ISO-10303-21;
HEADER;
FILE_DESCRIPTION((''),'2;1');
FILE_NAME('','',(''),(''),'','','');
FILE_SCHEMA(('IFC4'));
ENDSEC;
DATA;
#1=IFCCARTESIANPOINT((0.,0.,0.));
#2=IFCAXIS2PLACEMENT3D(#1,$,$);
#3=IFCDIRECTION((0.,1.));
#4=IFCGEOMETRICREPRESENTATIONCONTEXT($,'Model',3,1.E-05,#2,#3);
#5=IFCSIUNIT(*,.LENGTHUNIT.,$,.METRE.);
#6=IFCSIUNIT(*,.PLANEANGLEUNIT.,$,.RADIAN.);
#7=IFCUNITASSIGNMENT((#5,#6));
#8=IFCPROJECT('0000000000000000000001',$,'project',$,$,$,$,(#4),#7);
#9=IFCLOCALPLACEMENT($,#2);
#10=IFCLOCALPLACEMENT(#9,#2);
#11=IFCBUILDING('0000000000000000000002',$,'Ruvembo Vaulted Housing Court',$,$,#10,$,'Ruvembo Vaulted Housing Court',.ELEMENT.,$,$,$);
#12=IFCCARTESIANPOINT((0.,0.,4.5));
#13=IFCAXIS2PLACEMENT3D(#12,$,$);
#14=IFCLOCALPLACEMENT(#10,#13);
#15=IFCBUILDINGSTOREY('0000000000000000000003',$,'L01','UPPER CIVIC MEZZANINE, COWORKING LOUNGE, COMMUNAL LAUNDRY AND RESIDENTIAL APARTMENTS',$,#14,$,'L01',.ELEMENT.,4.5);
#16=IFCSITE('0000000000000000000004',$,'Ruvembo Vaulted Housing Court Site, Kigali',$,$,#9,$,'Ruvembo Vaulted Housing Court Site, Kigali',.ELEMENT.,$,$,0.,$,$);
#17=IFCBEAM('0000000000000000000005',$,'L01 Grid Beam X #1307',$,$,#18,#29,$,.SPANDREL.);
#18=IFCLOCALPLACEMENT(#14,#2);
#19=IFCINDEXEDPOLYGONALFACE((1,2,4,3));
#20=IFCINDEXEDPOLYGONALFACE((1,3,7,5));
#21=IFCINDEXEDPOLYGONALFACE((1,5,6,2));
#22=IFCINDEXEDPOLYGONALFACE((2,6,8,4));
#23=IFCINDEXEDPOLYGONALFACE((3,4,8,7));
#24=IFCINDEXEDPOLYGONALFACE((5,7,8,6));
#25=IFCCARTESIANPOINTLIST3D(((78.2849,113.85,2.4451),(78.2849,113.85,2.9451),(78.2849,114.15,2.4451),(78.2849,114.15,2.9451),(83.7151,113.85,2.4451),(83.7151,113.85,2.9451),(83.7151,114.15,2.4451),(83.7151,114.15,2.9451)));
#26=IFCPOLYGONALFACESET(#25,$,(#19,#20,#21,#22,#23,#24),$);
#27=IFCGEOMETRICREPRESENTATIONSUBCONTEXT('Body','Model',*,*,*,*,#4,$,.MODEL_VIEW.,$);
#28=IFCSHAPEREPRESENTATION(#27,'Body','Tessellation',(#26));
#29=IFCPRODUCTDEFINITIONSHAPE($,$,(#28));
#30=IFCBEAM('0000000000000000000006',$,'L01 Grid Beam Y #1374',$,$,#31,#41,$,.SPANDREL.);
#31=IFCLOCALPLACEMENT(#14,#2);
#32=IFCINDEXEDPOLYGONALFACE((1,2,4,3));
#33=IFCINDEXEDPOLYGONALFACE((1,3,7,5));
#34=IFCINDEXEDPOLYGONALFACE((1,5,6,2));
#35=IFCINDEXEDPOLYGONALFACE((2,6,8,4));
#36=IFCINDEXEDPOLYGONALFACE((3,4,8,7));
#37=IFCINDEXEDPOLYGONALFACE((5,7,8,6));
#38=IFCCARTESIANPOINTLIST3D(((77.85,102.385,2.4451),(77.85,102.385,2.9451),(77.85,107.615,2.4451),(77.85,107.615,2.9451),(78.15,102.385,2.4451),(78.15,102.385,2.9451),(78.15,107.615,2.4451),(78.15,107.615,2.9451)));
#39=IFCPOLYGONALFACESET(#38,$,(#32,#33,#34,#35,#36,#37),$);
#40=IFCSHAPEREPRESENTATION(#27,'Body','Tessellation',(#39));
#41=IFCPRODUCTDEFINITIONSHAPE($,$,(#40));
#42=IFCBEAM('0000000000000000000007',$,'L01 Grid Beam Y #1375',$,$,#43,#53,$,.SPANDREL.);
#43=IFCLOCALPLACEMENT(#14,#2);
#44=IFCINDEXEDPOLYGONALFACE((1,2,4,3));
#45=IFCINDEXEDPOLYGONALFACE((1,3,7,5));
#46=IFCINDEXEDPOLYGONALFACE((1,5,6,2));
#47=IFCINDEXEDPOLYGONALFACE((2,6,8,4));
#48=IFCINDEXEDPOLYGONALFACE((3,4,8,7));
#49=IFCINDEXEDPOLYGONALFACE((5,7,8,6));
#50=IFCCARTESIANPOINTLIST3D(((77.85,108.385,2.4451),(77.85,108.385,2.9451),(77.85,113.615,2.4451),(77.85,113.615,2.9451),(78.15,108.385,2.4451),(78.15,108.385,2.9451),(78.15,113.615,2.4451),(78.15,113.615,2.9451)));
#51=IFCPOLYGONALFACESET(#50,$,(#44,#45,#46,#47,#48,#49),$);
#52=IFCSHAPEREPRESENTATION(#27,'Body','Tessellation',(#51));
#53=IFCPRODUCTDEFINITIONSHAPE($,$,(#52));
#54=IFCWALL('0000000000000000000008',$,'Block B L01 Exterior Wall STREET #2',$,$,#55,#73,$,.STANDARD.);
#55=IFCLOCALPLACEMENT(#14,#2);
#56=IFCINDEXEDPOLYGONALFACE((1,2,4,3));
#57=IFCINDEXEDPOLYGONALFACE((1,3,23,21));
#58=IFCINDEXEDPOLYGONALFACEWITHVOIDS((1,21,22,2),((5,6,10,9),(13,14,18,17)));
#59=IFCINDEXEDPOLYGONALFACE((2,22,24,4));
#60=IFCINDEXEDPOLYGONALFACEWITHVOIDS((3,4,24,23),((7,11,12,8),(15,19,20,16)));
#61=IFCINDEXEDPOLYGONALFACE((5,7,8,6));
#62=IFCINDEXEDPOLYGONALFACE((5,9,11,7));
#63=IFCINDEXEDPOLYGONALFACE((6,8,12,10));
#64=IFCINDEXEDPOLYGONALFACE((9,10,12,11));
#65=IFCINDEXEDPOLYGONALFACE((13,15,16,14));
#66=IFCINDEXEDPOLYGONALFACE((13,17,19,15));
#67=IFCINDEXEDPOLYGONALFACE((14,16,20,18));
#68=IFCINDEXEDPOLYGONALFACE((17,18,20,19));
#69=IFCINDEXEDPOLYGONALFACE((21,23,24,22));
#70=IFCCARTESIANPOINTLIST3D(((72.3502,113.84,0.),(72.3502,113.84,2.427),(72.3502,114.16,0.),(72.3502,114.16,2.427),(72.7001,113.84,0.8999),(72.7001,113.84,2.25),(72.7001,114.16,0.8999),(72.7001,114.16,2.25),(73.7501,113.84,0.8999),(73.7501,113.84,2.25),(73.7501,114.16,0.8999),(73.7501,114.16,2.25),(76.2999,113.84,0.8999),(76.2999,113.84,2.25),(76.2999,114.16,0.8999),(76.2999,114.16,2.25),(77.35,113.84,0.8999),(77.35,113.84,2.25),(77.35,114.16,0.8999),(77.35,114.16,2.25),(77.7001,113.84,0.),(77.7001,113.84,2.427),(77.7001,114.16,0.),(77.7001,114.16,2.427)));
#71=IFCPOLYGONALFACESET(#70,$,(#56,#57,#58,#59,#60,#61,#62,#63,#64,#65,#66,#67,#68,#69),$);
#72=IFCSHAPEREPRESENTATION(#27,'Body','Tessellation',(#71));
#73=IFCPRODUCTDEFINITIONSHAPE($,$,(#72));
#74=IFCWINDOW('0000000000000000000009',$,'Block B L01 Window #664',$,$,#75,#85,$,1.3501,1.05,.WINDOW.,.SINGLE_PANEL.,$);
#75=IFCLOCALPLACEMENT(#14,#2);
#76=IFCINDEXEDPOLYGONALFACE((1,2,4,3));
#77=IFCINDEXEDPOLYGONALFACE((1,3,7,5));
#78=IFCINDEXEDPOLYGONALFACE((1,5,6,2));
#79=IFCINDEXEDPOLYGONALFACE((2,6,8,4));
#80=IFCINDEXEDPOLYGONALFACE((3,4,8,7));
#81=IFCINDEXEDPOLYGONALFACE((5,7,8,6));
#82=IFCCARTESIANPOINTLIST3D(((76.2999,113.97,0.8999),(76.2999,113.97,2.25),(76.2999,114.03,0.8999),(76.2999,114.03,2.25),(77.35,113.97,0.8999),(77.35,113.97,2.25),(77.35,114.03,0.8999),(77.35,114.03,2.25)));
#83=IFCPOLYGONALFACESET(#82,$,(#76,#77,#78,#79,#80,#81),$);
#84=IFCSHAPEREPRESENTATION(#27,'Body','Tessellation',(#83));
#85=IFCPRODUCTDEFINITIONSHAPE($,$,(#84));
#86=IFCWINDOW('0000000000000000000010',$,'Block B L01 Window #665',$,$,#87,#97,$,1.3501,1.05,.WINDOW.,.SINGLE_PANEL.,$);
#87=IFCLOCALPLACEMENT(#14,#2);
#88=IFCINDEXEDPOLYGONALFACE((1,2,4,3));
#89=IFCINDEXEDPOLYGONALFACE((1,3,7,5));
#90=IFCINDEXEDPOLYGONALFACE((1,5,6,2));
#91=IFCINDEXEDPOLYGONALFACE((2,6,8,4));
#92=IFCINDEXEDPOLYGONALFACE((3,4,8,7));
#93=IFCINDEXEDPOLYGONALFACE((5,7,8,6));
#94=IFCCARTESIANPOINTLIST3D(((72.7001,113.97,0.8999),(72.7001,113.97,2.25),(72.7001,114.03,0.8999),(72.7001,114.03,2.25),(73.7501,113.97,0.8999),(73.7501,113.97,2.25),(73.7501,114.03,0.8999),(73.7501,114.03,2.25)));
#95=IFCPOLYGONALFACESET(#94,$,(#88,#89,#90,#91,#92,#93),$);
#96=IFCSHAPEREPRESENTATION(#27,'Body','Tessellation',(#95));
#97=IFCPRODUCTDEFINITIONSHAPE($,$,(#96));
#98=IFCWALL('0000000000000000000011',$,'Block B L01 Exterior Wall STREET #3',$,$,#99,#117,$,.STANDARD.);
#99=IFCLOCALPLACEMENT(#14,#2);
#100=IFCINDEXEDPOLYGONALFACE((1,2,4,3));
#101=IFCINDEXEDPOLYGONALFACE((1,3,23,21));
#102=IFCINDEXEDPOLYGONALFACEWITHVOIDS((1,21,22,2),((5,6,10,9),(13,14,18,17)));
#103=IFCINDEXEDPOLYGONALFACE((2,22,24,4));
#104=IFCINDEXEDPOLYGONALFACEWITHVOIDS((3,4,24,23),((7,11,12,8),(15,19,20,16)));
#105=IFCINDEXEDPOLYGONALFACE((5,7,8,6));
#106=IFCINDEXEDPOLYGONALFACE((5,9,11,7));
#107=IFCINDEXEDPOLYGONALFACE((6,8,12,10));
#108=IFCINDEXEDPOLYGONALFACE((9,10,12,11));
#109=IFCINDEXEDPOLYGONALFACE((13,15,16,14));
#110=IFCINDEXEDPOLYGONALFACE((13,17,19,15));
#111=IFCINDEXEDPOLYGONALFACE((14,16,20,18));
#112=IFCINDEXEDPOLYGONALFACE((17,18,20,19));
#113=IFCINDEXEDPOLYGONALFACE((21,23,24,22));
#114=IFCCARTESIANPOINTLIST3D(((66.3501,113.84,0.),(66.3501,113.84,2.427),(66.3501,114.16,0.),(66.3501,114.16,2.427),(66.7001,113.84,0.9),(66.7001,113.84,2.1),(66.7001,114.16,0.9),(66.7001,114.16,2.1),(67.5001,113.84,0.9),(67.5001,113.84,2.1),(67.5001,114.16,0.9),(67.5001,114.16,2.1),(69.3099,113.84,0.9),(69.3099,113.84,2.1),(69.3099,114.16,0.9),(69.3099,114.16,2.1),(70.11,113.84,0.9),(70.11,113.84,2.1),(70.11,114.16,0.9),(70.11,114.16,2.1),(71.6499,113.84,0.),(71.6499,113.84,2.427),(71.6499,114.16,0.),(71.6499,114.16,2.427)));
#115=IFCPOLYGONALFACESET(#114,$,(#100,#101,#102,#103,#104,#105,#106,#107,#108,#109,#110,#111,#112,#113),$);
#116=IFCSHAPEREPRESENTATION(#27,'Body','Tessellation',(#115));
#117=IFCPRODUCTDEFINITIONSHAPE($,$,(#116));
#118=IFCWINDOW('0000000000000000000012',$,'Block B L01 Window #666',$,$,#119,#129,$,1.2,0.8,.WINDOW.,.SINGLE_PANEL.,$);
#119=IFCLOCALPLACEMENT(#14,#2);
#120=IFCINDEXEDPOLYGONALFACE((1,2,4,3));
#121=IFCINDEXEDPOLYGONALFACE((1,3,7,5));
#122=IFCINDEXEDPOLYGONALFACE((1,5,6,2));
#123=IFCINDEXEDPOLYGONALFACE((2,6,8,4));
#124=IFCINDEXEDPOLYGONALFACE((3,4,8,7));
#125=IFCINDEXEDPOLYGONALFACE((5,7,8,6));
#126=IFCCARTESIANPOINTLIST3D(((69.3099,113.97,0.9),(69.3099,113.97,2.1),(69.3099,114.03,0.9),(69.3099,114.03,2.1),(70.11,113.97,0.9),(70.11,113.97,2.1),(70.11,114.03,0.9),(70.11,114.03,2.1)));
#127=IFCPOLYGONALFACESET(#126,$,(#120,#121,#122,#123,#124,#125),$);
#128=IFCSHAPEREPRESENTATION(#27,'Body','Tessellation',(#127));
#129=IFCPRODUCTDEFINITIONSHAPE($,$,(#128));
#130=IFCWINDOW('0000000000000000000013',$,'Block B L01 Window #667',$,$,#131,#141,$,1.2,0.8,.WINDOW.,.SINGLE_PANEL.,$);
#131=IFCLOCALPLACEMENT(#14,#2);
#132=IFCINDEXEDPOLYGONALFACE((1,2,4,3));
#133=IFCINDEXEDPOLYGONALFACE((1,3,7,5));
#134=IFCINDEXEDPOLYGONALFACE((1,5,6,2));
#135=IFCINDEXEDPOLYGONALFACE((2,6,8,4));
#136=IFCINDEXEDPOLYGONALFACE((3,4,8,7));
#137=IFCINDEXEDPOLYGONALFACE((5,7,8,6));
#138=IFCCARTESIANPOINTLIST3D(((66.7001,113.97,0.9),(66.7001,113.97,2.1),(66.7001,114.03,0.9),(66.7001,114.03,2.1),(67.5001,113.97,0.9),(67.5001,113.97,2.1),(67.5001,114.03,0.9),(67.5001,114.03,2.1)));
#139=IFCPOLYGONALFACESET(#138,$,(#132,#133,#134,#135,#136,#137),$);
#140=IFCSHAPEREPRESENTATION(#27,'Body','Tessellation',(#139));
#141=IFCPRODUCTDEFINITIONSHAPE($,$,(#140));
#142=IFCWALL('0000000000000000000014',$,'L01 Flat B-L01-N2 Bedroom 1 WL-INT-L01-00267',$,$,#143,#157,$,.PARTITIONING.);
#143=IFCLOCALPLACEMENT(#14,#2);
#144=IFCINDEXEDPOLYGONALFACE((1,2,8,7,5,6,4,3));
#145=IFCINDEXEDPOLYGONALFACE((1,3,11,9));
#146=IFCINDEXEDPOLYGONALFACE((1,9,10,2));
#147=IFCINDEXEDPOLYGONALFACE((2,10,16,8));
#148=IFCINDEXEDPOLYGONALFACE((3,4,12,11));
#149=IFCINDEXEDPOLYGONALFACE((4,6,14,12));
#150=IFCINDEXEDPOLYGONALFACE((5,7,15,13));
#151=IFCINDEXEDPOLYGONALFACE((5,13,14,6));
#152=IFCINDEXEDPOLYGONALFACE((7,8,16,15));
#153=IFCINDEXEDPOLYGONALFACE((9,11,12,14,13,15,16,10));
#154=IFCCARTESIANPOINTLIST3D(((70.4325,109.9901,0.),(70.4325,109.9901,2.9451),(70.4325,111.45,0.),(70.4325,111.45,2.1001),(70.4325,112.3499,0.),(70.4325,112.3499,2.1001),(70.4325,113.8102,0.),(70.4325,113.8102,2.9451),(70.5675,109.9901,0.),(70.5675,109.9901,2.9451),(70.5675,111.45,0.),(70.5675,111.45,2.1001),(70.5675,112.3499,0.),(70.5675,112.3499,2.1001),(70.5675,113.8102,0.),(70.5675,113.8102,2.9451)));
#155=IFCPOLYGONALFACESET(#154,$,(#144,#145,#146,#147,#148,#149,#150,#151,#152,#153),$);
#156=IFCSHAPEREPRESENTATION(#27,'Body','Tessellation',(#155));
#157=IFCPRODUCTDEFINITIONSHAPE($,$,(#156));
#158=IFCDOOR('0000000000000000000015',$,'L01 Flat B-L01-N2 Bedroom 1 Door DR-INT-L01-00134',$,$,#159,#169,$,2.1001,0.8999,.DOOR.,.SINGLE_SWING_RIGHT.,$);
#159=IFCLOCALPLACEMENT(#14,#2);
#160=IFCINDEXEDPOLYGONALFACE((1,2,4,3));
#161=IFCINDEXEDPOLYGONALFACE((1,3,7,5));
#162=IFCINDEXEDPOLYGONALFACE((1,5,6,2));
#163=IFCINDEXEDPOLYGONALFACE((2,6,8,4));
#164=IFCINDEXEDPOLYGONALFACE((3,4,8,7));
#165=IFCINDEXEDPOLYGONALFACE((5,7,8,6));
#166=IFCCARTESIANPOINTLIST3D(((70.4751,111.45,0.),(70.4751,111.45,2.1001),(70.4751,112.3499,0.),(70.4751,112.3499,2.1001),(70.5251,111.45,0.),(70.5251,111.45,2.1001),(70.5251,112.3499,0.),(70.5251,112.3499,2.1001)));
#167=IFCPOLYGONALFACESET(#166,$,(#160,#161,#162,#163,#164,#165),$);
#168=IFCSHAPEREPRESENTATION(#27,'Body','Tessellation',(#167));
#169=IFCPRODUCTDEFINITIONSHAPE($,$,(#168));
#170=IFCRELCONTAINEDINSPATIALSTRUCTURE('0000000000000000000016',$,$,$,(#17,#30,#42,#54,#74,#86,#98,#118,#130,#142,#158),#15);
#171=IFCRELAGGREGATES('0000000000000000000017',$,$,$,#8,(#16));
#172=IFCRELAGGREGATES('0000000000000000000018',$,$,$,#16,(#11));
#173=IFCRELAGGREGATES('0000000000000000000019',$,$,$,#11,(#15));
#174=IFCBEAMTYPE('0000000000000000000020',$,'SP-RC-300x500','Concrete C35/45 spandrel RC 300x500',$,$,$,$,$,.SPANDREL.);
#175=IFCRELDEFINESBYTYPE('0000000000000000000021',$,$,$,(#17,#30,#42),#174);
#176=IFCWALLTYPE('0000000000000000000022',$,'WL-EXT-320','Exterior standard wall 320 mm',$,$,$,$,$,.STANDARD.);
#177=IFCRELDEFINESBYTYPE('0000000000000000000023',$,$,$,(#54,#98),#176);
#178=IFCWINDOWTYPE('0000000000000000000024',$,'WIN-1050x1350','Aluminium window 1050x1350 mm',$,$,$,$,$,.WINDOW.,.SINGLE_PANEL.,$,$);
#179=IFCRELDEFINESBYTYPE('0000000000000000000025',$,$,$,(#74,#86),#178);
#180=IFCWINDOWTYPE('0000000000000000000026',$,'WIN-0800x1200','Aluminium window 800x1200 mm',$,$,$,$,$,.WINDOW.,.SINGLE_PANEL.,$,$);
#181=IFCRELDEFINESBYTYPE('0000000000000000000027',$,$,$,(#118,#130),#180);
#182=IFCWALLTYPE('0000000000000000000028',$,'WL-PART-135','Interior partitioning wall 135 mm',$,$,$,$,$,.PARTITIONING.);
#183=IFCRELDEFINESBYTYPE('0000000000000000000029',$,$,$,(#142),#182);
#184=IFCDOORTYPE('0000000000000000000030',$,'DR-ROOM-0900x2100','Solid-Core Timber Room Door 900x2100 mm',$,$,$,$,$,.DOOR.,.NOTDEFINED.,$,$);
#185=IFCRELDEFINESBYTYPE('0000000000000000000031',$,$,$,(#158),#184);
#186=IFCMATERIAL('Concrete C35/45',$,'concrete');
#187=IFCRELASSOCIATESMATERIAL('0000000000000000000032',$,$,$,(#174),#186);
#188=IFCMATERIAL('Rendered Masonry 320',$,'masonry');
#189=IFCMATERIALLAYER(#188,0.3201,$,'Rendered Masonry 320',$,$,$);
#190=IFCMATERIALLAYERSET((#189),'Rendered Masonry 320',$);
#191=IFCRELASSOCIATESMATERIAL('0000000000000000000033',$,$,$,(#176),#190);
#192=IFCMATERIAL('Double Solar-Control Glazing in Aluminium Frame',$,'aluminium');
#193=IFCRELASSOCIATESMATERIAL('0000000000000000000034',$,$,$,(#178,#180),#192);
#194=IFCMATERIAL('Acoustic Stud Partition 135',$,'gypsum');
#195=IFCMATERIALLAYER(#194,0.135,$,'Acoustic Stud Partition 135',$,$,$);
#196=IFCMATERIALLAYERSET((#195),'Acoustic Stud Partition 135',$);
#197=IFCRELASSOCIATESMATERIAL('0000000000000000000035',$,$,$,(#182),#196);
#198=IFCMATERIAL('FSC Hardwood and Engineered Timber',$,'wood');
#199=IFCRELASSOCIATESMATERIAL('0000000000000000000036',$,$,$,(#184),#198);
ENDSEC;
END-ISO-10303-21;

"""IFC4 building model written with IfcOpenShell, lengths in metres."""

from ifc_helpers import new_model, si_unit, direction, frame, frame_2d, origin, origin_2d, place, context, subcontext, project, spatial, rectangle, extrude, material, layer, layer_set, material_profile, profile_set, type_object, element, fill, save


model = new_model("IFC4")

# Units and contexts
model_context = context("Model", 3, precision=1e-05, world=origin(), true_north=direction((0.0, 1.0)))
body_context = subcontext(model_context, "Body", "Model", "MODEL_VIEW")
ifc_project = project(units=[si_unit("LENGTHUNIT", "METRE"), si_unit("PLANEANGLEUNIT", "RADIAN")], contexts=[model_context])

# Site, building, storey
site_placement = place(None, origin())
site = spatial("IfcSite", under=ifc_project, at=site_placement, Name="Ruvembo Vaulted Housing Court Site, Kigali", LongName="Ruvembo Vaulted Housing Court Site, Kigali", CompositionType="ELEMENT", RefElevation=0.0)
building_placement = place(site_placement, origin())
building = spatial("IfcBuilding", under=site, at=building_placement, Name="Ruvembo Vaulted Housing Court", LongName="Ruvembo Vaulted Housing Court", CompositionType="ELEMENT")
storey_placement = place(building_placement, frame((0.0, 0.0, 4.5)))
storey = spatial("IfcBuildingStorey", under=building, at=storey_placement, Name="L01", Description="UPPER CIVIC MEZZANINE, COWORKING LOUNGE, COMMUNAL LAUNDRY AND RESIDENTIAL APARTMENTS", LongName="L01", CompositionType="ELEMENT", Elevation=4.5)

# Beams
ifc_material_1 = material(Name="Concrete C35/45", Category="concrete")
ifc_material_profile_1 = material_profile(ifc_material_1, rectangle(XDim=0.3, YDim=0.5, at=origin_2d()), Name="RC 300x500")
ifc_profile_set_1 = profile_set([ifc_material_profile_1], Name="Concrete C35/45")
beam_type_1 = type_object("IfcBeamType", Name="SP-RC-300x500", Description="Concrete C35/45 spandrel RC 300x500", PredefinedType="SPANDREL", material=ifc_profile_set_1)
beam_1_placement = place(storey_placement, frame((78.2849, 114.0, 2.6951), z_axis=(1.0, 0.0, 0.0), x_axis=(0.0, 1.0, 0.0)))
element("IfcBeam", 1, at=beam_1_placement, inside=storey, type_object=beam_type_1, Name="L01 Grid Beam X #1307", PredefinedType="SPANDREL", context=body_context, shape_type="SweptSolid", body=[
    extrude(rectangle(XDim=0.3, YDim=0.5, at=origin_2d()), origin(), (0.0, 0.0, 1.0), 5.4302),
])
for number, where, z_axis, x_axis, name in (
    (2, (78.0, 102.385, 2.6951), (0.0, 1.0, 0.0), (-1.0, 0.0, 0.0), "L01 Grid Beam Y #1374"),
    (3, (78.0, 108.385, 2.6951), (0.0, 1.0, 0.0), (-1.0, 0.0, 0.0), "L01 Grid Beam Y #1375"),
):
    element("IfcBeam", number, at=place(storey_placement, frame(where, z_axis=z_axis, x_axis=x_axis)), inside=storey, type_object=beam_type_1, Name=name, PredefinedType="SPANDREL", context=body_context, shape_type="SweptSolid", body=[
        extrude(rectangle(XDim=0.3, YDim=0.5, at=origin_2d()), origin(), (0.0, 0.0, 1.0), 5.23),
    ])

# Walls, openings, windows
ifc_material_2 = material(Name="Rendered Masonry 320", Category="masonry")
ifc_layer_1 = layer(ifc_material_2, 0.3201, Name="Rendered Masonry 320")
ifc_layer_set_1 = layer_set([ifc_layer_1], Name="Rendered Masonry 320")
wall_type_1 = type_object("IfcWallType", Name="WL-EXT-320", Description="Exterior standard wall 320 mm", PredefinedType="STANDARD", material=ifc_layer_set_1)
wall_1_placement = place(storey_placement, frame((77.7, 114.0, 0.0), z_axis=(0.0, 0.0, 1.0), x_axis=(-1.0, 0.0, 0.0)))
wall_1 = element("IfcWall", 4, at=wall_1_placement, inside=storey, type_object=wall_type_1, Name="Block B L01 Exterior Wall STREET #2", PredefinedType="STANDARD", context=body_context, shape_type="SweptSolid", body=[
    extrude(rectangle(XDim=5.3499, YDim=0.3201, at=frame_2d((2.6748, 0.0))), origin(), (0.0, 0.0, 1.0), 2.427),
])
opening_1_placement = place(wall_1_placement, frame((0.3501, 0.0, 0.8999)))
opening_1 = element("IfcOpeningElement", 5, at=opening_1_placement, cuts=wall_1, PredefinedType="OPENING", context=body_context, shape_type="SweptSolid", body=[
    extrude(rectangle(XDim=1.05, YDim=1.3501, at=frame_2d((0.5249, 0.675))), frame((0.0, 0.1699, 0.0), z_axis=(0.0, -1.0, 0.0), x_axis=(1.0, 0.0, 0.0)), (0.0, 0.0, 1.0), 0.3401),
])
opening_2_placement = place(wall_1_placement, frame((3.95, 0.0, 0.8999)))
opening_2 = element("IfcOpeningElement", 6, at=opening_2_placement, cuts=wall_1, PredefinedType="OPENING", context=body_context, shape_type="SweptSolid", body=[
    extrude(rectangle(XDim=1.05, YDim=1.3501, at=frame_2d((0.5249, 0.675))), frame((0.0, 0.1699, 0.0), z_axis=(0.0, -1.0, 0.0), x_axis=(1.0, 0.0, 0.0)), (0.0, 0.0, 1.0), 0.3401),
])
ifc_material_3 = material(Name="Double Solar-Control Glazing in Aluminium Frame", Category="aluminium")
window_type_1 = type_object("IfcWindowType", Name="WIN-1050x1350", Description="Aluminium window 1050x1350 mm", PartitioningType="SINGLE_PANEL", PredefinedType="WINDOW", material=ifc_material_3)
window_1_placement = place(opening_1_placement, origin())
window_1 = element("IfcWindow", 7, at=window_1_placement, inside=storey, type_object=window_type_1, Name="Block B L01 Window #664", OverallHeight=1.3501, OverallWidth=1.05, PartitioningType="SINGLE_PANEL", PredefinedType="WINDOW", context=body_context, shape_type="SweptSolid", body=[
    extrude(rectangle(XDim=1.05, YDim=1.3501, at=frame_2d((0.5249, 0.675))), frame((0.0, 0.03, 0.0), z_axis=(0.0, -1.0, 0.0), x_axis=(1.0, 0.0, 0.0)), (0.0, 0.0, 1.0), 0.0601),
])
fill(opening_1, window_1)
window_2_placement = place(opening_2_placement, origin())
window_2 = element("IfcWindow", 8, at=window_2_placement, inside=storey, type_object=window_type_1, Name="Block B L01 Window #665", OverallHeight=1.3501, OverallWidth=1.05, PartitioningType="SINGLE_PANEL", PredefinedType="WINDOW", context=body_context, shape_type="SweptSolid", body=[
    extrude(rectangle(XDim=1.05, YDim=1.3501, at=frame_2d((0.5249, 0.675))), frame((0.0, 0.03, 0.0), z_axis=(0.0, -1.0, 0.0), x_axis=(1.0, 0.0, 0.0)), (0.0, 0.0, 1.0), 0.0601),
])
fill(opening_2, window_2)
wall_2_placement = place(storey_placement, frame((71.6499, 114.0, 0.0), z_axis=(0.0, 0.0, 1.0), x_axis=(-1.0, 0.0, 0.0)))
wall_2 = element("IfcWall", 9, at=wall_2_placement, inside=storey, type_object=wall_type_1, Name="Block B L01 Exterior Wall STREET #3", PredefinedType="STANDARD", context=body_context, shape_type="SweptSolid", body=[
    extrude(rectangle(XDim=5.2998, YDim=0.3201, at=frame_2d((2.6499, 0.0))), origin(), (0.0, 0.0, 1.0), 2.427),
])
opening_3_placement = place(wall_2_placement, frame((1.54, 0.0, 0.8999)))
opening_3 = element("IfcOpeningElement", 10, at=opening_3_placement, cuts=wall_2, PredefinedType="OPENING", context=body_context, shape_type="SweptSolid", body=[
    extrude(rectangle(XDim=0.8, YDim=1.2, at=frame_2d((0.3999, 0.6001))), frame((0.0, 0.1699, 0.0), z_axis=(0.0, -1.0, 0.0), x_axis=(1.0, 0.0, 0.0)), (0.0, 0.0, 1.0), 0.3401),
])
opening_4_placement = place(wall_2_placement, frame((4.1499, 0.0, 0.8999)))
opening_4 = element("IfcOpeningElement", 11, at=opening_4_placement, cuts=wall_2, PredefinedType="OPENING", context=body_context, shape_type="SweptSolid", body=[
    extrude(rectangle(XDim=0.8, YDim=1.2, at=frame_2d((0.3999, 0.6001))), frame((0.0, 0.1699, 0.0), z_axis=(0.0, -1.0, 0.0), x_axis=(1.0, 0.0, 0.0)), (0.0, 0.0, 1.0), 0.3401),
])
window_type_2 = type_object("IfcWindowType", Name="WIN-0800x1200", Description="Aluminium window 800x1200 mm", PartitioningType="SINGLE_PANEL", PredefinedType="WINDOW", material=ifc_material_3)
window_3_placement = place(opening_3_placement, origin())
window_3 = element("IfcWindow", 12, at=window_3_placement, inside=storey, type_object=window_type_2, Name="Block B L01 Window #666", OverallHeight=1.2, OverallWidth=0.8, PartitioningType="SINGLE_PANEL", PredefinedType="WINDOW", context=body_context, shape_type="SweptSolid", body=[
    extrude(rectangle(XDim=0.8, YDim=1.2, at=frame_2d((0.3999, 0.6001))), frame((0.0, 0.03, 0.0), z_axis=(0.0, -1.0, 0.0), x_axis=(1.0, 0.0, 0.0)), (0.0, 0.0, 1.0), 0.0601),
])
fill(opening_3, window_3)
window_4_placement = place(opening_4_placement, origin())
window_4 = element("IfcWindow", 13, at=window_4_placement, inside=storey, type_object=window_type_2, Name="Block B L01 Window #667", OverallHeight=1.2, OverallWidth=0.8, PartitioningType="SINGLE_PANEL", PredefinedType="WINDOW", context=body_context, shape_type="SweptSolid", body=[
    extrude(rectangle(XDim=0.8, YDim=1.2, at=frame_2d((0.3999, 0.6001))), frame((0.0, 0.03, 0.0), z_axis=(0.0, -1.0, 0.0), x_axis=(1.0, 0.0, 0.0)), (0.0, 0.0, 1.0), 0.0601),
])
fill(opening_4, window_4)

# Wall, opening, door
ifc_material_4 = material(Name="Acoustic Stud Partition 135", Category="gypsum")
ifc_layer_2 = layer(ifc_material_4, 0.135, Name="Acoustic Stud Partition 135")
ifc_layer_set_2 = layer_set([ifc_layer_2], Name="Acoustic Stud Partition 135")
wall_type_2 = type_object("IfcWallType", Name="WL-PART-135", Description="Interior partitioning wall 135 mm", PredefinedType="PARTITIONING", material=ifc_layer_set_2)
wall_3_placement = place(storey_placement, frame((70.5, 109.99, 0.0), z_axis=(0.0, 0.0, 1.0), x_axis=(0.0, 1.0, 0.0)))
wall_3 = element("IfcWall", 14, at=wall_3_placement, inside=storey, type_object=wall_type_2, Name="L01 Flat B-L01-N2 Bedroom 1 WL-INT-L01-00267", PredefinedType="PARTITIONING", context=body_context, shape_type="SweptSolid", body=[
    extrude(rectangle(XDim=3.8201, YDim=0.135, at=frame_2d((1.9102, 0.0))), origin(), (0.0, 0.0, 1.0), 2.9451),
])
opening_5_placement = place(wall_3_placement, frame((1.46, 0.0, 0.0)))
opening_5 = element("IfcOpeningElement", 15, at=opening_5_placement, cuts=wall_3, PredefinedType="OPENING", context=body_context, shape_type="SweptSolid", body=[
    extrude(rectangle(XDim=0.8999, YDim=2.1001, at=frame_2d((0.45, 1.05))), frame((0.0, 0.0774, 0.0), z_axis=(0.0, -1.0, 0.0), x_axis=(1.0, 0.0, 0.0)), (0.0, 0.0, 1.0), 0.155),
])
ifc_material_5 = material(Name="FSC Hardwood and Engineered Timber", Category="wood")
door_type_1 = type_object("IfcDoorType", Name="DR-ROOM-0900x2100", Description="Solid-Core Timber Room Door 900x2100 mm", OperationType="NOTDEFINED", PredefinedType="DOOR", material=ifc_material_5)
door_1_placement = place(opening_5_placement, origin())
door_1 = element("IfcDoor", 16, at=door_1_placement, inside=storey, type_object=door_type_1, Name="L01 Flat B-L01-N2 Bedroom 1 Door DR-INT-L01-00134", OperationType="SINGLE_SWING_RIGHT", OverallHeight=2.1001, OverallWidth=0.8999, PredefinedType="DOOR", context=body_context, shape_type="SweptSolid", body=[
    extrude(rectangle(XDim=0.8999, YDim=2.1001, at=frame_2d((0.45, 1.05))), frame((0.0, 0.0249, 0.0), z_axis=(0.0, -1.0, 0.0), x_axis=(1.0, 0.0, 0.0)), (0.0, 0.0, 1.0), 0.05),
])
fill(opening_5, door_1)

save(model, "model.ifc")
